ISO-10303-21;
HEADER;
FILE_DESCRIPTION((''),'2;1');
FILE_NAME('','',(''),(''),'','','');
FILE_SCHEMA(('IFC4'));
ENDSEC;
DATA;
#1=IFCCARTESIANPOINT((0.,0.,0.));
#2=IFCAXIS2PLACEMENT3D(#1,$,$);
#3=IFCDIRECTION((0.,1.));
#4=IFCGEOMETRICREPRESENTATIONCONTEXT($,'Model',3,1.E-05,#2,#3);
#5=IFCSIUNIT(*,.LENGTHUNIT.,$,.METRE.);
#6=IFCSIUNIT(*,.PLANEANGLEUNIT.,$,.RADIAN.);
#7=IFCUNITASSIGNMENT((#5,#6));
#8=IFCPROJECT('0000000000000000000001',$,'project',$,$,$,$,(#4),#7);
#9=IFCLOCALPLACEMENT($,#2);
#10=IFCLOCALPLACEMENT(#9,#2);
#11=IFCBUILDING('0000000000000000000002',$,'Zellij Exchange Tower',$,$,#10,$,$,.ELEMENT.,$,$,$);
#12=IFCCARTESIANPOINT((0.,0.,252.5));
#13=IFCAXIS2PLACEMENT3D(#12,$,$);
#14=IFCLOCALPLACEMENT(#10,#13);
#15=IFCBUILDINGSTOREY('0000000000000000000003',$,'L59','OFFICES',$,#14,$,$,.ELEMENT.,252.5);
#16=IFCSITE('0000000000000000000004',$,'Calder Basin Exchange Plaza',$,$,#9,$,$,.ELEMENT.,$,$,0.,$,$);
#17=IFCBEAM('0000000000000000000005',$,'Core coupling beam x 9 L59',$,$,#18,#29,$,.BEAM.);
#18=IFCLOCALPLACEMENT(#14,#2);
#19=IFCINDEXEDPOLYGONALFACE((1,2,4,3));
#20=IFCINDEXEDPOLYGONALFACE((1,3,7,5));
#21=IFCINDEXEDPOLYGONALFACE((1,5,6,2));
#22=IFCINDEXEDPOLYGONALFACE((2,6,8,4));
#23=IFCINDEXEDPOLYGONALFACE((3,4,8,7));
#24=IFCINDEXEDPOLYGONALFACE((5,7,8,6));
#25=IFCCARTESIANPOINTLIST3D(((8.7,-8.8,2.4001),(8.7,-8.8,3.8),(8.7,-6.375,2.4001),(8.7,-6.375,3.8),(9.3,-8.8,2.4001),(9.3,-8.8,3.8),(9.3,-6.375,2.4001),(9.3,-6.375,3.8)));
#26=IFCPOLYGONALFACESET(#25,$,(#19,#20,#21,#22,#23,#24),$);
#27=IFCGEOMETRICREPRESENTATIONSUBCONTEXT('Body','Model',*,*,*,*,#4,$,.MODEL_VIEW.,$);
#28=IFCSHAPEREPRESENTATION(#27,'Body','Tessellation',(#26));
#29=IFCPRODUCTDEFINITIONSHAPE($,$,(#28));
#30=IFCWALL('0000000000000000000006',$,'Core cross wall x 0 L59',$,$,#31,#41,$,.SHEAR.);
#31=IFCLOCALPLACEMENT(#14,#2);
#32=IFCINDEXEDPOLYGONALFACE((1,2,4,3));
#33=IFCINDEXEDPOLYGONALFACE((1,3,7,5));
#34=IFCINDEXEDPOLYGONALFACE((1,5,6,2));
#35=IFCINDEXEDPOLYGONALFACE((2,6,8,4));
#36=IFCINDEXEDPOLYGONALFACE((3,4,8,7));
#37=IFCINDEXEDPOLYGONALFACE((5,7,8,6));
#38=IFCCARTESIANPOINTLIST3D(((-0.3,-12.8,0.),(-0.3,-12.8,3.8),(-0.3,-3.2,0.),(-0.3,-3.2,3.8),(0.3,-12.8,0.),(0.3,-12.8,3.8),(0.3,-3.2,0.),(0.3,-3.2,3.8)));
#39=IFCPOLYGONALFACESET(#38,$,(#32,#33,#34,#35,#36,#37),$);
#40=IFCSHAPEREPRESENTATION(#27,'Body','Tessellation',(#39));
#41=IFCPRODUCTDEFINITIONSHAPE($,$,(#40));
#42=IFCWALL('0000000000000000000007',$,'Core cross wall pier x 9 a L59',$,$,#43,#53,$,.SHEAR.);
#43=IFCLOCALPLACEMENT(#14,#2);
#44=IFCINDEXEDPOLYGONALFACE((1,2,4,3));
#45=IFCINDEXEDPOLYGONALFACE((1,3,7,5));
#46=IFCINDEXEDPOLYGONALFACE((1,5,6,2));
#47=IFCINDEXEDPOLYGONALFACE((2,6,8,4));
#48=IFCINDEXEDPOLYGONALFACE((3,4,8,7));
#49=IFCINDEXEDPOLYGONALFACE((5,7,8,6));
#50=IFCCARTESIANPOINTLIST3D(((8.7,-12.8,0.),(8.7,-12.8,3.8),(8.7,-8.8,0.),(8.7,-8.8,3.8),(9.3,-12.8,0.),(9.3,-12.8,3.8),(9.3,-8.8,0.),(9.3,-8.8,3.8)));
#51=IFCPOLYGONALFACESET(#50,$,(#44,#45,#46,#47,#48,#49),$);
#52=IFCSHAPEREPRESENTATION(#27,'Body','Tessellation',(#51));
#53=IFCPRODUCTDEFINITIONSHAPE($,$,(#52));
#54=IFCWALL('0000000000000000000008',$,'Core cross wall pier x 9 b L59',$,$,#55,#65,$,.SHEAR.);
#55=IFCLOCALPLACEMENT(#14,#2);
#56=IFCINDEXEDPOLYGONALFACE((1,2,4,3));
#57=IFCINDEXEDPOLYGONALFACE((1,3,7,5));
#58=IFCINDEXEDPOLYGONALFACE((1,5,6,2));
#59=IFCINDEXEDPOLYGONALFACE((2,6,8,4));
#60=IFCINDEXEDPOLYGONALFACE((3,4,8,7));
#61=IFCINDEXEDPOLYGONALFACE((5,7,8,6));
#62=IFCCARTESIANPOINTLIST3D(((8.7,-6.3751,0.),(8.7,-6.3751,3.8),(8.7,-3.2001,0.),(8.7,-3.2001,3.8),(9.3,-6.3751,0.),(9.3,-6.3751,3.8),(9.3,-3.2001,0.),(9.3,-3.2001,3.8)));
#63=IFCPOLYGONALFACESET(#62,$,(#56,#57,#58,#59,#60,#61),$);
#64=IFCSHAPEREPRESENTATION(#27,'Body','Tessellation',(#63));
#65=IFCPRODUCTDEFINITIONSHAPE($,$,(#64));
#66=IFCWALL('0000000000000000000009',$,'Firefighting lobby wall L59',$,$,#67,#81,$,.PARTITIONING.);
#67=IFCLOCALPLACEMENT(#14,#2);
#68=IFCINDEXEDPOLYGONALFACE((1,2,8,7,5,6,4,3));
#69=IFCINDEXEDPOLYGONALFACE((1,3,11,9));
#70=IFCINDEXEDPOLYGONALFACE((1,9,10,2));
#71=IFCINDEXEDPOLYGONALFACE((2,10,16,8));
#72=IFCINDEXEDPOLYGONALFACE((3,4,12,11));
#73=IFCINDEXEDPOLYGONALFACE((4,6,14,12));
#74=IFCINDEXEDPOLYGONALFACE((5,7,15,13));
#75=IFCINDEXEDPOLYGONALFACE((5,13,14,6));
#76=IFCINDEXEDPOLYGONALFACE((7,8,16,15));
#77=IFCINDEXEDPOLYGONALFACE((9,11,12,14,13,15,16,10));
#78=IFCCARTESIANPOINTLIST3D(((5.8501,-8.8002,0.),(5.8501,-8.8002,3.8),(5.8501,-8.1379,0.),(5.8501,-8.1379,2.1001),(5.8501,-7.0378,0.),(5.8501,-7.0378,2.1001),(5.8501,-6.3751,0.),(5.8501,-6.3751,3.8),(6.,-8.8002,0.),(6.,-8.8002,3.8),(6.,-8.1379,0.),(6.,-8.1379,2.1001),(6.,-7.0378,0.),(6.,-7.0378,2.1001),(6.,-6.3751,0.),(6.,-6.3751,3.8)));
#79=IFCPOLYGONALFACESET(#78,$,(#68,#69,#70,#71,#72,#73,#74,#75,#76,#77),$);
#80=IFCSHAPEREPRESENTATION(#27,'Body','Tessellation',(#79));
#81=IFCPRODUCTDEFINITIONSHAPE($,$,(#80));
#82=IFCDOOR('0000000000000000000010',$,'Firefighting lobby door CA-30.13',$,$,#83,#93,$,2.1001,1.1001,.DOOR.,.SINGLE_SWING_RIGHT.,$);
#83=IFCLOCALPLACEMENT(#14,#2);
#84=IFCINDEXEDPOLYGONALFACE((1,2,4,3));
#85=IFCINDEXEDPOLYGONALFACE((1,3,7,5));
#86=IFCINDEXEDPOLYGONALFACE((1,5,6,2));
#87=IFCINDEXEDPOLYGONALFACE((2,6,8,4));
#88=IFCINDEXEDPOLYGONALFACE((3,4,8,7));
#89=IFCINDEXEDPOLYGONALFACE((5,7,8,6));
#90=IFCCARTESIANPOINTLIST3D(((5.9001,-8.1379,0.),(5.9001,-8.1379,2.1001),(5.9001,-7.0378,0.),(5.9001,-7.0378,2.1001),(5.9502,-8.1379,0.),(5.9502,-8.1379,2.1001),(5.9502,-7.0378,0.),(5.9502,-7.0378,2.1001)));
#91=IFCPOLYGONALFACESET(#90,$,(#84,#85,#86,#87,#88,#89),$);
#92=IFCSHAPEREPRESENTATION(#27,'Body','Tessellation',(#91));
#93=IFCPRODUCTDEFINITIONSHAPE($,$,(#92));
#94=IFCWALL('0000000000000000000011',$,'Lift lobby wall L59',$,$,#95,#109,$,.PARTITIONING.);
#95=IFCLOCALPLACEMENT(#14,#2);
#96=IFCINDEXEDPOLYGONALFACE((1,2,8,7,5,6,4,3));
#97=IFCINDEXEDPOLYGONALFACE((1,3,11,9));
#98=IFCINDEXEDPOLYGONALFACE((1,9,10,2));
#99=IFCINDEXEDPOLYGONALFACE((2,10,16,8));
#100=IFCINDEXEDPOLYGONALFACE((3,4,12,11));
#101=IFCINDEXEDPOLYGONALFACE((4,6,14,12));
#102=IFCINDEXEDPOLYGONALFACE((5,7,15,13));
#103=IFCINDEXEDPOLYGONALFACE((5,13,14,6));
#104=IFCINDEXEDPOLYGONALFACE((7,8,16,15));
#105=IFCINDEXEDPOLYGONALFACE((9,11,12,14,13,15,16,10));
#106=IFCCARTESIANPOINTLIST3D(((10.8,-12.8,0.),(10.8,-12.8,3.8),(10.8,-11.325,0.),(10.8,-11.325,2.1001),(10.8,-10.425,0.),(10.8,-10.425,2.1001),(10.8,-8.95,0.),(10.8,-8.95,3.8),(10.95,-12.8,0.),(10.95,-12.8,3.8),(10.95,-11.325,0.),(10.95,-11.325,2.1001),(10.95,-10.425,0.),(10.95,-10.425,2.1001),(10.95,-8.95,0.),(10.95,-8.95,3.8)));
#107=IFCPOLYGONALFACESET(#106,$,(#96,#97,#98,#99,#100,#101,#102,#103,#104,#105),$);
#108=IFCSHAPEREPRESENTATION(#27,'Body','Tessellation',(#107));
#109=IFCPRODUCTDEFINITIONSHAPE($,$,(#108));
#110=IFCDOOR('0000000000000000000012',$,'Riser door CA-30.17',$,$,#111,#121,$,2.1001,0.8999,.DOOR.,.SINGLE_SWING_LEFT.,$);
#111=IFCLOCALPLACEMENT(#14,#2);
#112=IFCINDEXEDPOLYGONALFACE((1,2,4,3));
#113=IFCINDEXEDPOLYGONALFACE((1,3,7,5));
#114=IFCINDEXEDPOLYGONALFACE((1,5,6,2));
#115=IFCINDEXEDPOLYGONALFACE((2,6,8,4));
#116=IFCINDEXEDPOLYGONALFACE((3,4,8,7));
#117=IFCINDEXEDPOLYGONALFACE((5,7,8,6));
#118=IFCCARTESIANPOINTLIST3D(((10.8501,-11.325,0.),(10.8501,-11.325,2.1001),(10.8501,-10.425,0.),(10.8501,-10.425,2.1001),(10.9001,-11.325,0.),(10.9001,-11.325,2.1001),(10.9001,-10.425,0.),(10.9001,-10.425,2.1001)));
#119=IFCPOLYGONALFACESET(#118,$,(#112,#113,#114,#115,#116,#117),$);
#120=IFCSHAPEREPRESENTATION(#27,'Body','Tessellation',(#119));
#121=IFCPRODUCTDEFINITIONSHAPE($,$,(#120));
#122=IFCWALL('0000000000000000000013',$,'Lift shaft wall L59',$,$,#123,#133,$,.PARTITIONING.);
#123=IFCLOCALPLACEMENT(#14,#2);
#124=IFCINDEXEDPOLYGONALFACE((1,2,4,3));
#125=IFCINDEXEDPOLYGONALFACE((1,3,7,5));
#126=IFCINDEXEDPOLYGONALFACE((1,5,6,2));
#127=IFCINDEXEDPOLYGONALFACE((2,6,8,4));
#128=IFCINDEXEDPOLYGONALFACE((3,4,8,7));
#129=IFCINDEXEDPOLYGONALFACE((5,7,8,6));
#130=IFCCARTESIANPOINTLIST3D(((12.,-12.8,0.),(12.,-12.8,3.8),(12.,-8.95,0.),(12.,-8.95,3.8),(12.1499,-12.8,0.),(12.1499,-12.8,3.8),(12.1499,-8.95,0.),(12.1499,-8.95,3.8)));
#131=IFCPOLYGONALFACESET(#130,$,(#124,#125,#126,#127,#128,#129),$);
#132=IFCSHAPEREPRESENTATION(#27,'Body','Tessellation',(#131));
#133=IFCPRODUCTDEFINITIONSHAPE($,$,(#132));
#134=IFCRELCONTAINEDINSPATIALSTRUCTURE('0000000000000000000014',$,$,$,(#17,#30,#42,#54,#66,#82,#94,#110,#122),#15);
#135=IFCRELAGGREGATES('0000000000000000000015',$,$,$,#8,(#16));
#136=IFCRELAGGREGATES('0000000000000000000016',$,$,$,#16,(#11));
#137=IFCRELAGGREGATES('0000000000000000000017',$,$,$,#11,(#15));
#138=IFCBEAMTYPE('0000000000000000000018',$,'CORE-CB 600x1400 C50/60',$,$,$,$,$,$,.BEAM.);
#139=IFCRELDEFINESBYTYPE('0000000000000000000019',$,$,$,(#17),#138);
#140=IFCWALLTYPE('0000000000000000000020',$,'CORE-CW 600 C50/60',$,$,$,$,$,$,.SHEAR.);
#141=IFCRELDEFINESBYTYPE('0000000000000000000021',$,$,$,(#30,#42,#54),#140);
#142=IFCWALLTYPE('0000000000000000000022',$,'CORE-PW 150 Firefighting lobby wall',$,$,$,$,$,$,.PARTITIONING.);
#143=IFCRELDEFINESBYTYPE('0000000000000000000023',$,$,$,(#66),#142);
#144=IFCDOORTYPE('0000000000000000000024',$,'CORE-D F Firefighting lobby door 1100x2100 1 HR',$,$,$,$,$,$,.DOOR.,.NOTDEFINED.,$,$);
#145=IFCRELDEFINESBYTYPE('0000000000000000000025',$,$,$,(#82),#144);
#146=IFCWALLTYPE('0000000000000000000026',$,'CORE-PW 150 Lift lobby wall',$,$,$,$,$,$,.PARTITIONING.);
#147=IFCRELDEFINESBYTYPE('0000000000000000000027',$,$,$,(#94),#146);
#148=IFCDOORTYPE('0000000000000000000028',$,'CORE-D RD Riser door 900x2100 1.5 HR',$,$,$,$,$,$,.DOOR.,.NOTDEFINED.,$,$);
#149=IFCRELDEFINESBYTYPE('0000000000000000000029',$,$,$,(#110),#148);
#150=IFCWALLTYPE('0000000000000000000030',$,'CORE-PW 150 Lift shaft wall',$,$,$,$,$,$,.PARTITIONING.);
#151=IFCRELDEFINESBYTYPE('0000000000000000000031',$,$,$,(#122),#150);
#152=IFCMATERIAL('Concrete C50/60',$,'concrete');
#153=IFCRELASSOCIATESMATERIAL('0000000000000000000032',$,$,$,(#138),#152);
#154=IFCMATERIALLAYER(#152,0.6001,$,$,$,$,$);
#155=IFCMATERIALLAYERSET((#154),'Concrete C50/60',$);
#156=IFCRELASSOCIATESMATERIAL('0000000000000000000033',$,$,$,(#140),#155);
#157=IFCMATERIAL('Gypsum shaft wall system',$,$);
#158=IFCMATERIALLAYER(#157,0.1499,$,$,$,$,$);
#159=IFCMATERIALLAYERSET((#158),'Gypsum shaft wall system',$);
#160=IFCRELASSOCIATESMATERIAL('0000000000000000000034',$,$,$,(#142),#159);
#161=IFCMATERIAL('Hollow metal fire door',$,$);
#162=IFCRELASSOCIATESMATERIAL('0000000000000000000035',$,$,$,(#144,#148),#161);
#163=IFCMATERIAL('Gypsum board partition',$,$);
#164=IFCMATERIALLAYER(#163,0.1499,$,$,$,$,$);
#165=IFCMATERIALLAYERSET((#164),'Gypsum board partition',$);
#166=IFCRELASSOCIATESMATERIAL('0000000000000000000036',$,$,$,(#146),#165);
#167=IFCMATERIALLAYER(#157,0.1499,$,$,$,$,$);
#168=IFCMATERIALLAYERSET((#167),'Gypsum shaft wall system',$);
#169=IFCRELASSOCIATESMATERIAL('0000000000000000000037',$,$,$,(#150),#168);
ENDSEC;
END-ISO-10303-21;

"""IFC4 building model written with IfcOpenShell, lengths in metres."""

from ifc_helpers import new_model, si_unit, direction, frame, frame_2d, origin, origin_2d, place, context, subcontext, project, spatial, rectangle, extrude, material, layer, layer_set, material_profile, profile_set, type_object, element, fill, save


model = new_model("IFC4")

# Units and contexts
model_context = context("Model", 3, precision=1e-05, world=origin(), true_north=direction((0.0, 1.0)))
body_context = subcontext(model_context, "Body", "Model", "MODEL_VIEW")
ifc_project = project(units=[si_unit("LENGTHUNIT", "METRE"), si_unit("PLANEANGLEUNIT", "RADIAN")], contexts=[model_context])

# Site, building, storey
site_placement = place(None, origin())
site = spatial("IfcSite", under=ifc_project, at=site_placement, Name="Calder Basin Exchange Plaza", CompositionType="ELEMENT", RefElevation=0.0)
building_placement = place(site_placement, origin())
building = spatial("IfcBuilding", under=site, at=building_placement, Name="Zellij Exchange Tower", CompositionType="ELEMENT")
storey_placement = place(building_placement, frame((0.0, 0.0, 252.5)))
storey = spatial("IfcBuildingStorey", under=building, at=storey_placement, Name="L59", Description="OFFICES", CompositionType="ELEMENT", Elevation=252.5)

# Beam
ifc_material_1 = material(Name="Concrete C50/60", Category="concrete")
ifc_material_profile = material_profile(ifc_material_1, rectangle(XDim=0.6001, YDim=1.3999, at=origin_2d()), Name="CORE-CB 600x1400 C50/60")
ifc_profile_set = profile_set([ifc_material_profile], Name="Concrete C50/60")
beam_type = type_object("IfcBeamType", Name="CORE-CB 600x1400 C50/60", PredefinedType="BEAM", material=ifc_profile_set)
beam_placement = place(storey_placement, frame((9.0, -8.8, 3.1001), z_axis=(0.0, 1.0, 0.0), x_axis=(-1.0, 0.0, 0.0)))
element("IfcBeam", 1, at=beam_placement, inside=storey, type_object=beam_type, Name="Core coupling beam x 9 L59", PredefinedType="BEAM", context=body_context, shape_type="SweptSolid", body=[
    extrude(rectangle(XDim=0.6001, YDim=1.3999, at=origin_2d()), origin(), (0.0, 0.0, 1.0), 2.425),
])

# Walls
ifc_layer_1 = layer(ifc_material_1, 0.6001)
ifc_layer_set_1 = layer_set([ifc_layer_1], Name="Concrete C50/60")
wall_type_1 = type_object("IfcWallType", Name="CORE-CW 600 C50/60", PredefinedType="SHEAR", material=ifc_layer_set_1)
wall_1_placement = place(storey_placement, frame((0.0, -12.8, 0.0), z_axis=(0.0, 0.0, 1.0), x_axis=(0.0, 1.0, 0.0)))
element("IfcWall", 2, at=wall_1_placement, inside=storey, type_object=wall_type_1, Name="Core cross wall x 0 L59", PredefinedType="SHEAR", context=body_context, shape_type="SweptSolid", body=[
    extrude(rectangle(XDim=9.6001, YDim=0.6001, at=frame_2d((4.8, 0.0))), origin(), (0.0, 0.0, 1.0), 3.8),
])
wall_2_placement = place(storey_placement, frame((9.0, -12.8, 0.0), z_axis=(0.0, 0.0, 1.0), x_axis=(0.0, 1.0, 0.0)))
element("IfcWall", 3, at=wall_2_placement, inside=storey, type_object=wall_type_1, Name="Core cross wall pier x 9 a L59", PredefinedType="SHEAR", context=body_context, shape_type="SweptSolid", body=[
    extrude(rectangle(XDim=4.0, YDim=0.6001, at=frame_2d((2.0, 0.0))), origin(), (0.0, 0.0, 1.0), 3.8),
])
wall_3_placement = place(storey_placement, frame((9.0, -6.375, 0.0), z_axis=(0.0, 0.0, 1.0), x_axis=(0.0, 1.0, 0.0)))
element("IfcWall", 4, at=wall_3_placement, inside=storey, type_object=wall_type_1, Name="Core cross wall pier x 9 b L59", PredefinedType="SHEAR", context=body_context, shape_type="SweptSolid", body=[
    extrude(rectangle(XDim=3.175, YDim=0.6001, at=frame_2d((1.5874, 0.0))), origin(), (0.0, 0.0, 1.0), 3.8),
])

# Walls, openings, doors
ifc_material_2 = material(Name="Gypsum shaft wall system")
ifc_layer_2 = layer(ifc_material_2, 0.1499)
ifc_layer_set_2 = layer_set([ifc_layer_2], Name="Gypsum shaft wall system")
wall_type_2 = type_object("IfcWallType", Name="CORE-PW 150 Firefighting lobby wall", PredefinedType="PARTITIONING", material=ifc_layer_set_2)
wall_4_placement = place(storey_placement, frame((5.925, -8.8, 0.0), z_axis=(0.0, 0.0, 1.0), x_axis=(0.0, 1.0, 0.0)))
wall_4 = element("IfcWall", 5, at=wall_4_placement, inside=storey, type_object=wall_type_2, Name="Firefighting lobby wall L59", PredefinedType="PARTITIONING", context=body_context, shape_type="SweptSolid", body=[
    extrude(rectangle(XDim=2.425, YDim=0.1499, at=frame_2d((1.2124, 0.0))), origin(), (0.0, 0.0, 1.0), 3.8),
])
opening_1_placement = place(wall_4_placement, frame((0.6621, 0.0, 0.0)))
opening_1 = element("IfcOpeningElement", 6, at=opening_1_placement, cuts=wall_4, PredefinedType="OPENING", context=body_context, shape_type="SweptSolid", body=[
    extrude(rectangle(XDim=1.1001, YDim=2.1001, at=frame_2d((0.55, 1.05))), frame((0.0, 0.0869, 0.0), z_axis=(0.0, -1.0, 0.0), x_axis=(1.0, 0.0, 0.0)), (0.0, 0.0, 1.0), 0.1738),
])
ifc_material_3 = material(Name="Hollow metal fire door")
door_type_1 = type_object("IfcDoorType", Name="CORE-D F Firefighting lobby door 1100x2100 1 HR", OperationType="NOTDEFINED", PredefinedType="DOOR", material=ifc_material_3)
door_1_placement = place(opening_1_placement, origin())
door_1 = element("IfcDoor", 7, at=door_1_placement, inside=storey, type_object=door_type_1, Name="Firefighting lobby door CA-30.13", OperationType="SINGLE_SWING_RIGHT", OverallHeight=2.1001, OverallWidth=1.1001, PredefinedType="DOOR", context=body_context, shape_type="SweptSolid", body=[
    extrude(rectangle(XDim=1.1001, YDim=2.1001, at=frame_2d((0.55, 1.05))), frame((0.0, 0.0249, 0.0), z_axis=(0.0, -1.0, 0.0), x_axis=(1.0, 0.0, 0.0)), (0.0, 0.0, 1.0), 0.05),
])
fill(opening_1, door_1)
ifc_material_4 = material(Name="Gypsum board partition")
ifc_layer_3 = layer(ifc_material_4, 0.1499)
ifc_layer_set_3 = layer_set([ifc_layer_3], Name="Gypsum board partition")
wall_type_3 = type_object("IfcWallType", Name="CORE-PW 150 Lift lobby wall", PredefinedType="PARTITIONING", material=ifc_layer_set_3)
wall_5_placement = place(storey_placement, frame((10.875, -12.8, 0.0), z_axis=(0.0, 0.0, 1.0), x_axis=(0.0, 1.0, 0.0)))
wall_5 = element("IfcWall", 8, at=wall_5_placement, inside=storey, type_object=wall_type_3, Name="Lift lobby wall L59", PredefinedType="PARTITIONING", context=body_context, shape_type="SweptSolid", body=[
    extrude(rectangle(XDim=3.8501, YDim=0.1499, at=frame_2d((1.925, 0.0))), origin(), (0.0, 0.0, 1.0), 3.8),
])
opening_2_placement = place(wall_5_placement, frame((1.4751, 0.0, 0.0)))
opening_2 = element("IfcOpeningElement", 9, at=opening_2_placement, cuts=wall_5, PredefinedType="OPENING", context=body_context, shape_type="SweptSolid", body=[
    extrude(rectangle(XDim=0.8999, YDim=2.1001, at=frame_2d((0.45, 1.05))), frame((0.0, 0.0869, 0.0), z_axis=(0.0, -1.0, 0.0), x_axis=(1.0, 0.0, 0.0)), (0.0, 0.0, 1.0), 0.1738),
])
door_type_2 = type_object("IfcDoorType", Name="CORE-D RD Riser door 900x2100 1.5 HR", OperationType="NOTDEFINED", PredefinedType="DOOR", material=ifc_material_3)
door_2_placement = place(opening_2_placement, origin())
door_2 = element("IfcDoor", 10, at=door_2_placement, inside=storey, type_object=door_type_2, Name="Riser door CA-30.17", OperationType="SINGLE_SWING_LEFT", OverallHeight=2.1001, OverallWidth=0.8999, PredefinedType="DOOR", context=body_context, shape_type="SweptSolid", body=[
    extrude(rectangle(XDim=0.8999, YDim=2.1001, at=frame_2d((0.45, 1.05))), frame((0.0, 0.0249, 0.0), z_axis=(0.0, -1.0, 0.0), x_axis=(1.0, 0.0, 0.0)), (0.0, 0.0, 1.0), 0.05),
])
fill(opening_2, door_2)

# Wall
ifc_layer_4 = layer(ifc_material_2, 0.1499)
ifc_layer_set_4 = layer_set([ifc_layer_4], Name="Gypsum shaft wall system")
wall_type_4 = type_object("IfcWallType", Name="CORE-PW 150 Lift shaft wall", PredefinedType="PARTITIONING", material=ifc_layer_set_4)
wall_6_placement = place(storey_placement, frame((12.075, -12.8, 0.0), z_axis=(0.0, 0.0, 1.0), x_axis=(0.0, 1.0, 0.0)))
element("IfcWall", 11, at=wall_6_placement, inside=storey, type_object=wall_type_4, Name="Lift shaft wall L59", PredefinedType="PARTITIONING", context=body_context, shape_type="SweptSolid", body=[
    extrude(rectangle(XDim=3.8501, YDim=0.1499, at=frame_2d((1.925, 0.0))), origin(), (0.0, 0.0, 1.0), 3.8),
])

save(model, "model.ifc")
